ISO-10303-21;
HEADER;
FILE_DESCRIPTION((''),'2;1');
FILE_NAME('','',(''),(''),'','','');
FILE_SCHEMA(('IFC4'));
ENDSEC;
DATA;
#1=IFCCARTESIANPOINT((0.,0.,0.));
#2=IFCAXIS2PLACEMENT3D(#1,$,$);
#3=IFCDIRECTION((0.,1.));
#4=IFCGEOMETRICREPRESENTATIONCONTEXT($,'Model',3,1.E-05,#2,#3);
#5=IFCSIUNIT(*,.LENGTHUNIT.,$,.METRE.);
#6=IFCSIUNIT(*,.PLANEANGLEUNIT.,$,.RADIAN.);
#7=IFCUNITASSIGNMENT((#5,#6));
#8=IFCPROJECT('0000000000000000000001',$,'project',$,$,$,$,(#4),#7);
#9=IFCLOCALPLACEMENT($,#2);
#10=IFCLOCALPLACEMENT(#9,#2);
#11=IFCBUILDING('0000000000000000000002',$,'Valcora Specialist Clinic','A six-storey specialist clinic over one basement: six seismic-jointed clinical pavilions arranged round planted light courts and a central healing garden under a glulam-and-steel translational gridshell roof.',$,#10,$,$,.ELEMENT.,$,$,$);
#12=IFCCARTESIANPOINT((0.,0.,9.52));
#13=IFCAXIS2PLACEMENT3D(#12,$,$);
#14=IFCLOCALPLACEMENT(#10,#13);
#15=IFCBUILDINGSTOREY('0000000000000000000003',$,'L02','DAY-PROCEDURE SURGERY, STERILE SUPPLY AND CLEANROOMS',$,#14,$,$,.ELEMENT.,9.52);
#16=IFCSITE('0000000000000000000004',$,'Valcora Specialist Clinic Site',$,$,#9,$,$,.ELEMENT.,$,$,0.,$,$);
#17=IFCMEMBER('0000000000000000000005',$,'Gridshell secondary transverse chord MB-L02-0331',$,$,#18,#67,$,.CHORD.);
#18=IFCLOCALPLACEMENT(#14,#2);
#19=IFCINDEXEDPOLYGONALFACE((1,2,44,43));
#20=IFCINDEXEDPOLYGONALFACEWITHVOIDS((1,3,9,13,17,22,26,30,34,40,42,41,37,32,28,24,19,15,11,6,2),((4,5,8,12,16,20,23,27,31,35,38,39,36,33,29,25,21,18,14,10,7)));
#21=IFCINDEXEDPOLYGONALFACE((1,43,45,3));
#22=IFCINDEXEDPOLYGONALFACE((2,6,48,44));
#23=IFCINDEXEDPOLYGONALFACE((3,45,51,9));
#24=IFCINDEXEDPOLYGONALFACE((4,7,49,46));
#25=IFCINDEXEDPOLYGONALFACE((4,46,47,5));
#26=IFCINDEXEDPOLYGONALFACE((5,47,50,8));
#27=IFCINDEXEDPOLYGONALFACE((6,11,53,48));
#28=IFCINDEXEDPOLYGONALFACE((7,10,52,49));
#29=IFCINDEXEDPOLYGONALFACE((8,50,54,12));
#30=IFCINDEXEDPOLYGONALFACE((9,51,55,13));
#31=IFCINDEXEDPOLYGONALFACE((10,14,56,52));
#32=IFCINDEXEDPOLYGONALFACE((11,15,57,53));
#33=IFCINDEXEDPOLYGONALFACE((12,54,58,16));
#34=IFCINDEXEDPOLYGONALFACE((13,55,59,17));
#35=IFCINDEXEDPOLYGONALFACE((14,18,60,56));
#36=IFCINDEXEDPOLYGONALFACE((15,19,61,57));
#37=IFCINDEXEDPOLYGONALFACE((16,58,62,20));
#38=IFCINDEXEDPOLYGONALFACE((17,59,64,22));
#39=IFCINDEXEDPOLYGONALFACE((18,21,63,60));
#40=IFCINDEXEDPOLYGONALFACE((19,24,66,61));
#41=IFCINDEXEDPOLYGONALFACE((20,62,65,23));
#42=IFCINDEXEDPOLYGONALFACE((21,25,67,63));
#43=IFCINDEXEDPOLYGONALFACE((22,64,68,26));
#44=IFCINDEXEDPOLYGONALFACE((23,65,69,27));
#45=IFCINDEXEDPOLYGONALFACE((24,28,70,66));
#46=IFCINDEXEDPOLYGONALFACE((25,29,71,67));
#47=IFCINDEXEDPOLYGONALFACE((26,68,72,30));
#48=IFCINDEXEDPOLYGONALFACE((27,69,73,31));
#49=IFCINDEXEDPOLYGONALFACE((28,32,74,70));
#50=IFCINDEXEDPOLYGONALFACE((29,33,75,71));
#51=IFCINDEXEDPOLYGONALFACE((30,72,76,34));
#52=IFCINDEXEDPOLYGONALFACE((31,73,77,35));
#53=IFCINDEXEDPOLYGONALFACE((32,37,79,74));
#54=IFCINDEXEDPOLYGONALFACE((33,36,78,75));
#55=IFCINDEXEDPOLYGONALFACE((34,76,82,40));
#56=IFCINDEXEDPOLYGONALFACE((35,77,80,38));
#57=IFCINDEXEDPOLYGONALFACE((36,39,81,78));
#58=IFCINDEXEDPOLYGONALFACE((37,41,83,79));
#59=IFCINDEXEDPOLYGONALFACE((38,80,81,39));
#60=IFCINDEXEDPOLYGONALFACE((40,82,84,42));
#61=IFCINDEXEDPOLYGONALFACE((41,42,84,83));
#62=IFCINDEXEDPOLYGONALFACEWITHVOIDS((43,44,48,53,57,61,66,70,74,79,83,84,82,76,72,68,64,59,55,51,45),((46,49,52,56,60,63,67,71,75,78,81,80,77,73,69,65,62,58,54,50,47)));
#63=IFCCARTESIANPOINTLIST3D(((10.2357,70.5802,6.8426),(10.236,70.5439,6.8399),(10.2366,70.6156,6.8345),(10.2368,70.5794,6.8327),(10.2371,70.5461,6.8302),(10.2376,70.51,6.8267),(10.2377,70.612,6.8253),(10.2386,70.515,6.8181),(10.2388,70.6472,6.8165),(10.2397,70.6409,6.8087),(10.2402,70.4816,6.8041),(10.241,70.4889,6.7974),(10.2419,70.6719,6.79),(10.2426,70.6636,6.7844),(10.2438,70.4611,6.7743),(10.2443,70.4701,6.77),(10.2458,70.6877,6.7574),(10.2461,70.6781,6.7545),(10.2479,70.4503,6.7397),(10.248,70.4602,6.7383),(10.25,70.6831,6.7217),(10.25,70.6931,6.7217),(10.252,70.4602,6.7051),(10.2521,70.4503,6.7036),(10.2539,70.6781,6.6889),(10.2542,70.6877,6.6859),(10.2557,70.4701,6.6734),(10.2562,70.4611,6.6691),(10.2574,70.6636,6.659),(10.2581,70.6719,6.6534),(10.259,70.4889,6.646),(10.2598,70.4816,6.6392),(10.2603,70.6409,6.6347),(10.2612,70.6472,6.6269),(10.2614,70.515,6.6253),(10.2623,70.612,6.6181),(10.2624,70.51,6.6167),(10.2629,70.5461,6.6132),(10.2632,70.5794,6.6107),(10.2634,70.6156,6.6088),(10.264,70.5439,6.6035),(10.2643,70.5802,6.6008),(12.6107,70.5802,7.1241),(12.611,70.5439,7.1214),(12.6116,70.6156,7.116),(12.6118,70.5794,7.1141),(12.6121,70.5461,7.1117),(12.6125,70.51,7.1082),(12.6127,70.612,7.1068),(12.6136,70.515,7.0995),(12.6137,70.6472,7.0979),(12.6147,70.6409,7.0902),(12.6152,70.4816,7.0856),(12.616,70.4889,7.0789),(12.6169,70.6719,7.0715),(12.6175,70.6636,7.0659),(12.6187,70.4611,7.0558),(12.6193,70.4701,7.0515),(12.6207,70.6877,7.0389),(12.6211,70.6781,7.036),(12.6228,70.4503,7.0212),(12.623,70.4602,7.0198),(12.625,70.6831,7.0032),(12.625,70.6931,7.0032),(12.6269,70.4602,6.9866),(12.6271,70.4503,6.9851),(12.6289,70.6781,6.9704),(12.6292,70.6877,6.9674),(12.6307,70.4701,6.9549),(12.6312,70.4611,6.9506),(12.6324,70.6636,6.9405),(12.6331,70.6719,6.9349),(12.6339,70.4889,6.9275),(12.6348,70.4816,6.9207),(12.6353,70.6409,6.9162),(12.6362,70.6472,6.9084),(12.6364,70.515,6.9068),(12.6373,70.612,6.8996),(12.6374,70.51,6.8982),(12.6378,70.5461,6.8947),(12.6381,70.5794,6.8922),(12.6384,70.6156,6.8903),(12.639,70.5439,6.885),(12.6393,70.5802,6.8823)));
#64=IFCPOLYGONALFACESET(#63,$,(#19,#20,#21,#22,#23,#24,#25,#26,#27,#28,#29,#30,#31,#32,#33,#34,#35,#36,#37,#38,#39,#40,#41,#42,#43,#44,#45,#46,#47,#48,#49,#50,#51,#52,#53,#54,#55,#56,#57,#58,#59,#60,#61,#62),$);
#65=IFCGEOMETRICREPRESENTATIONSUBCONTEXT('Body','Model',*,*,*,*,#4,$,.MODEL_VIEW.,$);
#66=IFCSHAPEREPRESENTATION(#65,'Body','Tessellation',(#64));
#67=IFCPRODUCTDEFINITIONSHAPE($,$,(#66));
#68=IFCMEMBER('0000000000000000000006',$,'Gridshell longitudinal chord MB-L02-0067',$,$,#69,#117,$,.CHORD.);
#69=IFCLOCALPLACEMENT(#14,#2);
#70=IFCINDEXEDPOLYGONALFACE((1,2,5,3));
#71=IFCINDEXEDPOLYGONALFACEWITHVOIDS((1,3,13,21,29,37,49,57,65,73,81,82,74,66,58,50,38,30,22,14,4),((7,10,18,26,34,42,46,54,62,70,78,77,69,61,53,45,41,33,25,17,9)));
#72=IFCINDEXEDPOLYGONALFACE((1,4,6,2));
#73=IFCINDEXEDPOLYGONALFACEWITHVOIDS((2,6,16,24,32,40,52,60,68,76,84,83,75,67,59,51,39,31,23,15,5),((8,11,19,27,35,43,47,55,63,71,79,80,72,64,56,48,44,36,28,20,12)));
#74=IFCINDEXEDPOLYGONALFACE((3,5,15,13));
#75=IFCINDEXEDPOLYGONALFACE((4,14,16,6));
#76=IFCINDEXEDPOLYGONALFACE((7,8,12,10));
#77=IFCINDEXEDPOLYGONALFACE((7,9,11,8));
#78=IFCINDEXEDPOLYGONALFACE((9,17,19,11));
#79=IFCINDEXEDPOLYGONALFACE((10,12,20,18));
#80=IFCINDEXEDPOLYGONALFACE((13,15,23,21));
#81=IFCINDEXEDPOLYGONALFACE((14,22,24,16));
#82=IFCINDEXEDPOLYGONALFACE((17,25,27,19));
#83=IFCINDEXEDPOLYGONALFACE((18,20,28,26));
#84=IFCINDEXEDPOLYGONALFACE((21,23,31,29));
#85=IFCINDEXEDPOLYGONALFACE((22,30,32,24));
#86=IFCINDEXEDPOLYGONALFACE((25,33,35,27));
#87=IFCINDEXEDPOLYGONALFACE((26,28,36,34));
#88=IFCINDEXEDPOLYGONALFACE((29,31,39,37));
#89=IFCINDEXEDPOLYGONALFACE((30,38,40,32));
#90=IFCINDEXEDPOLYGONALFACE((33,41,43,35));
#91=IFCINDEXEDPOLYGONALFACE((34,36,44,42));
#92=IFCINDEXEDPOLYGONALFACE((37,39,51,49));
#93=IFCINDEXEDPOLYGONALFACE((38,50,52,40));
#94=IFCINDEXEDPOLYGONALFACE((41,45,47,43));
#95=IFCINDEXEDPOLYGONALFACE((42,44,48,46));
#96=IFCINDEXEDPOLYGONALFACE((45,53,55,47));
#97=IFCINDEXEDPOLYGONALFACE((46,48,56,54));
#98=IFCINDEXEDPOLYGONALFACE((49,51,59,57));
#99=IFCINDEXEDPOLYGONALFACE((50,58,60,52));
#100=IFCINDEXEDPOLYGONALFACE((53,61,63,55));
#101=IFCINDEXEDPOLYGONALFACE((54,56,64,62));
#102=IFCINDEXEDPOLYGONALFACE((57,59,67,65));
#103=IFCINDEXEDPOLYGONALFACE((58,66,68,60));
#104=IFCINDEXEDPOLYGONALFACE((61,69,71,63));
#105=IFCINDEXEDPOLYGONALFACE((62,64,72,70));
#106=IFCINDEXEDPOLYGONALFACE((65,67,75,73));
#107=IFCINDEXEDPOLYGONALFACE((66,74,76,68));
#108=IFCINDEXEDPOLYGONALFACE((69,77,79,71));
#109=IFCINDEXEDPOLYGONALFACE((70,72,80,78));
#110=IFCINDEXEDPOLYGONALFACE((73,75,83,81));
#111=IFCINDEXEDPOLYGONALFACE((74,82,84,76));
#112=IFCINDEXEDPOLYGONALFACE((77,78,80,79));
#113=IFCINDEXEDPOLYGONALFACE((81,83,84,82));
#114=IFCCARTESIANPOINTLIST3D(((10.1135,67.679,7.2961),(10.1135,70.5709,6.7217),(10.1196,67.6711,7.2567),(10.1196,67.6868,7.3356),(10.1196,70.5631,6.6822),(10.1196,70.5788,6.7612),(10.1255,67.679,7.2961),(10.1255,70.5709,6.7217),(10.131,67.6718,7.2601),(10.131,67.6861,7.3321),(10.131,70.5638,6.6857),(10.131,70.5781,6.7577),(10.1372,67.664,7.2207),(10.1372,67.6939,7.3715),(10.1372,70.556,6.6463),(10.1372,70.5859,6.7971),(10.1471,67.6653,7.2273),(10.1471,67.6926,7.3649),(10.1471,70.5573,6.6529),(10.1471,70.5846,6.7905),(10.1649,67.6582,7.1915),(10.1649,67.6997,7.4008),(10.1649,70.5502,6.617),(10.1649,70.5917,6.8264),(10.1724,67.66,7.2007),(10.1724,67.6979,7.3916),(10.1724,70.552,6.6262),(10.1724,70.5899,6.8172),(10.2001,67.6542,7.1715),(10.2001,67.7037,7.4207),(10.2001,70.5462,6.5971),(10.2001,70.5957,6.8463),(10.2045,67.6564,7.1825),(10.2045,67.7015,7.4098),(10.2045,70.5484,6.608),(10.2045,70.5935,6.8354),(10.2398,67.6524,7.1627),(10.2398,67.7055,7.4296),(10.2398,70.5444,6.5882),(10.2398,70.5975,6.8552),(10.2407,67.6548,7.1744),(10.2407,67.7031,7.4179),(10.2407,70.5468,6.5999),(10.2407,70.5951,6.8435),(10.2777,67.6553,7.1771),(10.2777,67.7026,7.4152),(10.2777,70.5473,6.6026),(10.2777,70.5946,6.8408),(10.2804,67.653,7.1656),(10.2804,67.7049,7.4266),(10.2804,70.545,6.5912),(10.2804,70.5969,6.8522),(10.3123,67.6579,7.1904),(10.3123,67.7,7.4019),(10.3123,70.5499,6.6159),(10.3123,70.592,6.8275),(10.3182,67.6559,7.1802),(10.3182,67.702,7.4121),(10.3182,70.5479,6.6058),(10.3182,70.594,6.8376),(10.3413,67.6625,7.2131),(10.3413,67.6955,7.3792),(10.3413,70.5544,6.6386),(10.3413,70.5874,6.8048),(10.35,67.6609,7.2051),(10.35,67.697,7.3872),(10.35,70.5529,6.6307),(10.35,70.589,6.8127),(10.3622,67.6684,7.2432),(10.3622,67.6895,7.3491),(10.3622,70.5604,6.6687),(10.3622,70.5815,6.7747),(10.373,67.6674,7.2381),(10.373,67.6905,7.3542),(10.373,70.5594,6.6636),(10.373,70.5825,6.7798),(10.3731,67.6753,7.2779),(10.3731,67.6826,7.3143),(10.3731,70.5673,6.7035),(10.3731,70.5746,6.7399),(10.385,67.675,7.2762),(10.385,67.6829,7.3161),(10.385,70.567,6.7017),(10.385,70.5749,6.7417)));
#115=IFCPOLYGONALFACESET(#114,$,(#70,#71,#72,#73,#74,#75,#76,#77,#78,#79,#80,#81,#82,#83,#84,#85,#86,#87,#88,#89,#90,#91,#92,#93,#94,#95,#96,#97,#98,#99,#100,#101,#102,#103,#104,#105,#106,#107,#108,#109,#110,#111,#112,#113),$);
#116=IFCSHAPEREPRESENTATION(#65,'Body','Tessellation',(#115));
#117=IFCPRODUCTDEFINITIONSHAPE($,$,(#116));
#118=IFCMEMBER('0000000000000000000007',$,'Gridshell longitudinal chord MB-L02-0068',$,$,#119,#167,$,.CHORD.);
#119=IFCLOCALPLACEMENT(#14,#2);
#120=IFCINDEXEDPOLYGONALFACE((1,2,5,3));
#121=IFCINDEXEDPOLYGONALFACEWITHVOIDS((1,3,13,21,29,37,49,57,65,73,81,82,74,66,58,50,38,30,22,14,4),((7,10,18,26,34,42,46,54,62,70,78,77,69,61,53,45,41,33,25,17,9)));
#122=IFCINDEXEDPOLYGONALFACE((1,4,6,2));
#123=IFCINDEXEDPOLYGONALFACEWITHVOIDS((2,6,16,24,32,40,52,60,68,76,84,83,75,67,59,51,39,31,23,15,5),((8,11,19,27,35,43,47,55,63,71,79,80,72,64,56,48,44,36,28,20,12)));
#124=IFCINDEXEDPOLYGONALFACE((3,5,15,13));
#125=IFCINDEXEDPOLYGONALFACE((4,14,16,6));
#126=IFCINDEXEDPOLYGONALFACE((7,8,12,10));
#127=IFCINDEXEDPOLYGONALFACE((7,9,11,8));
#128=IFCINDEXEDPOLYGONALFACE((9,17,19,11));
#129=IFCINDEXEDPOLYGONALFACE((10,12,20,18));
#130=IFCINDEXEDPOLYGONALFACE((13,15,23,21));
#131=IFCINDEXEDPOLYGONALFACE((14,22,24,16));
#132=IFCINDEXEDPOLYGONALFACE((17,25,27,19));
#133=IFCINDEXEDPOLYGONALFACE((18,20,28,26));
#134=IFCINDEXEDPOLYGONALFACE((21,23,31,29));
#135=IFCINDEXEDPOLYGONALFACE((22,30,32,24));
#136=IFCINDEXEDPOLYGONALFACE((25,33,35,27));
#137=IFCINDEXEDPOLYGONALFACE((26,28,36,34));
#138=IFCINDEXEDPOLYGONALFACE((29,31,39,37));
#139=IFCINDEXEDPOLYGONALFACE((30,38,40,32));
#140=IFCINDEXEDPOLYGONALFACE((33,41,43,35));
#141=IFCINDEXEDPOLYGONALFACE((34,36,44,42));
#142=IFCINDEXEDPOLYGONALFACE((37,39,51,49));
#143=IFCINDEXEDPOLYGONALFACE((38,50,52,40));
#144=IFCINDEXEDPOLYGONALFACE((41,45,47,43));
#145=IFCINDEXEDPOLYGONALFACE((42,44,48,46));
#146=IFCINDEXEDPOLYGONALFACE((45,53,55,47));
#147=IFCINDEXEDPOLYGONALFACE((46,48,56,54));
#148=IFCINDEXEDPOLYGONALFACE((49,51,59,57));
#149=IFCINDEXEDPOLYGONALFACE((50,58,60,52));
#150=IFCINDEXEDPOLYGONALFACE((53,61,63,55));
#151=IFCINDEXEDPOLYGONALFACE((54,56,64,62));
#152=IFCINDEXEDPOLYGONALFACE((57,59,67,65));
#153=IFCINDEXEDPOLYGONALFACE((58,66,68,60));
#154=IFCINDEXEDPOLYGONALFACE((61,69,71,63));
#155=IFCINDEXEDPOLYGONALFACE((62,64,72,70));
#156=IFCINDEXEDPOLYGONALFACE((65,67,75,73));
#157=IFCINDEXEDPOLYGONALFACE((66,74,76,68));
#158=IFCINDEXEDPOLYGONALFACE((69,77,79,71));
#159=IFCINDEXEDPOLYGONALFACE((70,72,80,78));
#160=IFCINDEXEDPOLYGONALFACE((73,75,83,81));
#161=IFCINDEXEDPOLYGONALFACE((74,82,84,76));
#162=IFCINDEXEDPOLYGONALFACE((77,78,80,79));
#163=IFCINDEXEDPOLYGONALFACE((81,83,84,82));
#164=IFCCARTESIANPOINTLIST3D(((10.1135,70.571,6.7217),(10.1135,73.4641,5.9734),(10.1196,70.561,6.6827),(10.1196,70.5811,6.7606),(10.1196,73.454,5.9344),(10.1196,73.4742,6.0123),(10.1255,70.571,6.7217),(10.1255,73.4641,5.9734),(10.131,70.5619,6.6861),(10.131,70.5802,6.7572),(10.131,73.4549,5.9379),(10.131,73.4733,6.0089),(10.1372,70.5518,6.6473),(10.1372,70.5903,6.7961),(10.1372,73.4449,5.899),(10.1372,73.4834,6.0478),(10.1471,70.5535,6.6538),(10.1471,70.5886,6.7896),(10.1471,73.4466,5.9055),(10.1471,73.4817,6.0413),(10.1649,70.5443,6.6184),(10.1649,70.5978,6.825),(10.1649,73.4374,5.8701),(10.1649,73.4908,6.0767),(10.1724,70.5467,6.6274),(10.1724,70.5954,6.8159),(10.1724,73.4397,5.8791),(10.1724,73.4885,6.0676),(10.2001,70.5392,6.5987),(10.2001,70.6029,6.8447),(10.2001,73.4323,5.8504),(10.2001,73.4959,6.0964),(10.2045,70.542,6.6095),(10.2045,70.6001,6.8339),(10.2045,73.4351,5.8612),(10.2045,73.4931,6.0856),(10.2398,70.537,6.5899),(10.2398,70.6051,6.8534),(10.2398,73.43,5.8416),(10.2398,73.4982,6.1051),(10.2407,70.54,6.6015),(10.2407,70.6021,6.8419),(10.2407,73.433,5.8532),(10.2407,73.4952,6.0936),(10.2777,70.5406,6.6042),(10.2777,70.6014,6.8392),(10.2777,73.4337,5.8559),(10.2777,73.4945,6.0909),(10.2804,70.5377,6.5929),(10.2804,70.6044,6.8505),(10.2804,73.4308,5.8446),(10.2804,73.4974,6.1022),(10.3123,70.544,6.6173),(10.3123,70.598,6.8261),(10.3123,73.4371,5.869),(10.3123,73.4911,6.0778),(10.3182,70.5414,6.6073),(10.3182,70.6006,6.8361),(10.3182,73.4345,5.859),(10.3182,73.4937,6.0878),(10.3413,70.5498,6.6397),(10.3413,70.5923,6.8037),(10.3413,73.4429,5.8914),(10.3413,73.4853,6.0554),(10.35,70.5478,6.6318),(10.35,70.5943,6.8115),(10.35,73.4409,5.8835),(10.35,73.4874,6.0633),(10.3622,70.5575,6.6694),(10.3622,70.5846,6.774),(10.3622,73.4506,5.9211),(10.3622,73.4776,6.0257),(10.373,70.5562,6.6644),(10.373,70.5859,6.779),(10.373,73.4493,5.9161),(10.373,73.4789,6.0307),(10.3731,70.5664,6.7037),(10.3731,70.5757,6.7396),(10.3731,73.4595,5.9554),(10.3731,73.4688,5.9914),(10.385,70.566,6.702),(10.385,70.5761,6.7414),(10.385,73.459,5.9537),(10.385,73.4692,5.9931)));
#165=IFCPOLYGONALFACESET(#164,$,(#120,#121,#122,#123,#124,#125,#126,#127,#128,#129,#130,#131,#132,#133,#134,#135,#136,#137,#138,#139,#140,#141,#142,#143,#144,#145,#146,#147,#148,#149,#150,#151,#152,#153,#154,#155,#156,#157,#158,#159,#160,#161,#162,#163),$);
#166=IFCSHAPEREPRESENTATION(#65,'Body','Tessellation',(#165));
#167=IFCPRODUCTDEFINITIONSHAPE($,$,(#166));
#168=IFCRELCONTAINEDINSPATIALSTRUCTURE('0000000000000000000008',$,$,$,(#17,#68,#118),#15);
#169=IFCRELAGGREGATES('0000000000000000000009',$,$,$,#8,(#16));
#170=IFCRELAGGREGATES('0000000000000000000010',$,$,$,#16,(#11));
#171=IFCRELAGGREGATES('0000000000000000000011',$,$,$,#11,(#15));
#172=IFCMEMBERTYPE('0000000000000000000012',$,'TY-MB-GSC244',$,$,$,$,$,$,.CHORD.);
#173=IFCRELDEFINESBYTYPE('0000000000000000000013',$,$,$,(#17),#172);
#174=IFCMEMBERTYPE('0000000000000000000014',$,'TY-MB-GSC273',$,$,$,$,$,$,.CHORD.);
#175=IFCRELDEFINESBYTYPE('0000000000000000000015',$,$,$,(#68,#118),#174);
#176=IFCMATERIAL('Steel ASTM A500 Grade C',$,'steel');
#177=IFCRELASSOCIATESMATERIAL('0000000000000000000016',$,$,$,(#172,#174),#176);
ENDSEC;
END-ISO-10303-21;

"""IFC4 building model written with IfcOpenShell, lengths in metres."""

from ifc_helpers import new_model, si_unit, direction, frame, origin, origin_2d, place, context, subcontext, project, spatial, hollow_circle, extrude, material, material_profile, profile_set, type_object, element, save


model = new_model("IFC4")

# Units and contexts
model_context = context("Model", 3, precision=1e-05, world=origin(), true_north=direction((0.0, 1.0)))
body_context = subcontext(model_context, "Body", "Model", "MODEL_VIEW")
ifc_project = project(units=[si_unit("LENGTHUNIT", "METRE"), si_unit("PLANEANGLEUNIT", "RADIAN")], contexts=[model_context])

# Site, building, storey
site_placement = place(None, origin())
site = spatial("IfcSite", under=ifc_project, at=site_placement, Name="Valcora Specialist Clinic Site", CompositionType="ELEMENT", RefElevation=0.0)
building_placement = place(site_placement, origin())
building = spatial("IfcBuilding", under=site, at=building_placement, Name="Valcora Specialist Clinic", Description="A six-storey specialist clinic over one basement: six seismic-jointed clinical pavilions arranged round planted light courts and a central healing garden under a glulam-and-steel translational gridshell roof.", CompositionType="ELEMENT")
storey_placement = place(building_placement, frame((0.0, 0.0, 9.52)))
storey = spatial("IfcBuildingStorey", under=building, at=storey_placement, Name="L02", Description="DAY-PROCEDURE SURGERY, STERILE SUPPLY AND CLEANROOMS", CompositionType="ELEMENT", Elevation=9.52)

# Members
ifc_material_1 = material(Name="Steel ASTM A500 Grade C", Category="steel")
ifc_material_profile_1 = material_profile(ifc_material_1, hollow_circle(Radius=0.1221, WallThickness=0.01, at=origin_2d()), Name="ST-CHS-244X10")
ifc_profile_set_1 = profile_set([ifc_material_profile_1], Name="Steel ASTM A500 Grade C")
member_type_1 = type_object("IfcMemberType", Name="TY-MB-GSC244", PredefinedType="CHORD", material=ifc_profile_set_1)
member_1_placement = place(storey_placement, frame((10.25, 70.571, 6.7217), z_axis=(0.993049, 0.0, 0.1177), x_axis=(0.0, 1.0, 0.0)))
element("IfcMember", 1, at=member_1_placement, inside=storey, type_object=member_type_1, Name="Gridshell secondary transverse chord MB-L02-0331", PredefinedType="CHORD", context=body_context, shape_type="SweptSolid", body=[
    extrude(hollow_circle(Radius=0.1221, WallThickness=0.01, at=origin_2d()), origin(), (0.0, 0.0, 1.0), 2.3916),
])
ifc_material_profile_2 = material_profile(ifc_material_1, hollow_circle(Radius=0.1365, WallThickness=0.012, at=origin_2d()), Name="ST-CHS-273X12")
ifc_profile_set_2 = profile_set([ifc_material_profile_2], Name="Steel ASTM A500 Grade C")
member_type_2 = type_object("IfcMemberType", Name="TY-MB-GSC273", PredefinedType="CHORD", material=ifc_profile_set_2)
member_2_placement = place(storey_placement, frame((10.25, 67.679, 7.2961), z_axis=(0.0, 0.980838, -0.194826), x_axis=(-1.0, 0.0, 0.0)))
element("IfcMember", 2, at=member_2_placement, inside=storey, type_object=member_type_2, Name="Gridshell longitudinal chord MB-L02-0067", PredefinedType="CHORD", context=body_context, shape_type="SweptSolid", body=[
    extrude(hollow_circle(Radius=0.1365, WallThickness=0.012, at=origin_2d()), origin(), (0.0, 0.0, 1.0), 2.9485),
])
member_3_placement = place(storey_placement, frame((10.25, 70.571, 6.7217), z_axis=(0.0, 0.96814, -0.250409), x_axis=(-1.0, 0.0, 0.0)))
element("IfcMember", 3, at=member_3_placement, inside=storey, type_object=member_type_2, Name="Gridshell longitudinal chord MB-L02-0068", PredefinedType="CHORD", context=body_context, shape_type="SweptSolid", body=[
    extrude(hollow_circle(Radius=0.1365, WallThickness=0.012, at=origin_2d()), origin(), (0.0, 0.0, 1.0), 2.9883),
])

save(model, "model.ifc")
